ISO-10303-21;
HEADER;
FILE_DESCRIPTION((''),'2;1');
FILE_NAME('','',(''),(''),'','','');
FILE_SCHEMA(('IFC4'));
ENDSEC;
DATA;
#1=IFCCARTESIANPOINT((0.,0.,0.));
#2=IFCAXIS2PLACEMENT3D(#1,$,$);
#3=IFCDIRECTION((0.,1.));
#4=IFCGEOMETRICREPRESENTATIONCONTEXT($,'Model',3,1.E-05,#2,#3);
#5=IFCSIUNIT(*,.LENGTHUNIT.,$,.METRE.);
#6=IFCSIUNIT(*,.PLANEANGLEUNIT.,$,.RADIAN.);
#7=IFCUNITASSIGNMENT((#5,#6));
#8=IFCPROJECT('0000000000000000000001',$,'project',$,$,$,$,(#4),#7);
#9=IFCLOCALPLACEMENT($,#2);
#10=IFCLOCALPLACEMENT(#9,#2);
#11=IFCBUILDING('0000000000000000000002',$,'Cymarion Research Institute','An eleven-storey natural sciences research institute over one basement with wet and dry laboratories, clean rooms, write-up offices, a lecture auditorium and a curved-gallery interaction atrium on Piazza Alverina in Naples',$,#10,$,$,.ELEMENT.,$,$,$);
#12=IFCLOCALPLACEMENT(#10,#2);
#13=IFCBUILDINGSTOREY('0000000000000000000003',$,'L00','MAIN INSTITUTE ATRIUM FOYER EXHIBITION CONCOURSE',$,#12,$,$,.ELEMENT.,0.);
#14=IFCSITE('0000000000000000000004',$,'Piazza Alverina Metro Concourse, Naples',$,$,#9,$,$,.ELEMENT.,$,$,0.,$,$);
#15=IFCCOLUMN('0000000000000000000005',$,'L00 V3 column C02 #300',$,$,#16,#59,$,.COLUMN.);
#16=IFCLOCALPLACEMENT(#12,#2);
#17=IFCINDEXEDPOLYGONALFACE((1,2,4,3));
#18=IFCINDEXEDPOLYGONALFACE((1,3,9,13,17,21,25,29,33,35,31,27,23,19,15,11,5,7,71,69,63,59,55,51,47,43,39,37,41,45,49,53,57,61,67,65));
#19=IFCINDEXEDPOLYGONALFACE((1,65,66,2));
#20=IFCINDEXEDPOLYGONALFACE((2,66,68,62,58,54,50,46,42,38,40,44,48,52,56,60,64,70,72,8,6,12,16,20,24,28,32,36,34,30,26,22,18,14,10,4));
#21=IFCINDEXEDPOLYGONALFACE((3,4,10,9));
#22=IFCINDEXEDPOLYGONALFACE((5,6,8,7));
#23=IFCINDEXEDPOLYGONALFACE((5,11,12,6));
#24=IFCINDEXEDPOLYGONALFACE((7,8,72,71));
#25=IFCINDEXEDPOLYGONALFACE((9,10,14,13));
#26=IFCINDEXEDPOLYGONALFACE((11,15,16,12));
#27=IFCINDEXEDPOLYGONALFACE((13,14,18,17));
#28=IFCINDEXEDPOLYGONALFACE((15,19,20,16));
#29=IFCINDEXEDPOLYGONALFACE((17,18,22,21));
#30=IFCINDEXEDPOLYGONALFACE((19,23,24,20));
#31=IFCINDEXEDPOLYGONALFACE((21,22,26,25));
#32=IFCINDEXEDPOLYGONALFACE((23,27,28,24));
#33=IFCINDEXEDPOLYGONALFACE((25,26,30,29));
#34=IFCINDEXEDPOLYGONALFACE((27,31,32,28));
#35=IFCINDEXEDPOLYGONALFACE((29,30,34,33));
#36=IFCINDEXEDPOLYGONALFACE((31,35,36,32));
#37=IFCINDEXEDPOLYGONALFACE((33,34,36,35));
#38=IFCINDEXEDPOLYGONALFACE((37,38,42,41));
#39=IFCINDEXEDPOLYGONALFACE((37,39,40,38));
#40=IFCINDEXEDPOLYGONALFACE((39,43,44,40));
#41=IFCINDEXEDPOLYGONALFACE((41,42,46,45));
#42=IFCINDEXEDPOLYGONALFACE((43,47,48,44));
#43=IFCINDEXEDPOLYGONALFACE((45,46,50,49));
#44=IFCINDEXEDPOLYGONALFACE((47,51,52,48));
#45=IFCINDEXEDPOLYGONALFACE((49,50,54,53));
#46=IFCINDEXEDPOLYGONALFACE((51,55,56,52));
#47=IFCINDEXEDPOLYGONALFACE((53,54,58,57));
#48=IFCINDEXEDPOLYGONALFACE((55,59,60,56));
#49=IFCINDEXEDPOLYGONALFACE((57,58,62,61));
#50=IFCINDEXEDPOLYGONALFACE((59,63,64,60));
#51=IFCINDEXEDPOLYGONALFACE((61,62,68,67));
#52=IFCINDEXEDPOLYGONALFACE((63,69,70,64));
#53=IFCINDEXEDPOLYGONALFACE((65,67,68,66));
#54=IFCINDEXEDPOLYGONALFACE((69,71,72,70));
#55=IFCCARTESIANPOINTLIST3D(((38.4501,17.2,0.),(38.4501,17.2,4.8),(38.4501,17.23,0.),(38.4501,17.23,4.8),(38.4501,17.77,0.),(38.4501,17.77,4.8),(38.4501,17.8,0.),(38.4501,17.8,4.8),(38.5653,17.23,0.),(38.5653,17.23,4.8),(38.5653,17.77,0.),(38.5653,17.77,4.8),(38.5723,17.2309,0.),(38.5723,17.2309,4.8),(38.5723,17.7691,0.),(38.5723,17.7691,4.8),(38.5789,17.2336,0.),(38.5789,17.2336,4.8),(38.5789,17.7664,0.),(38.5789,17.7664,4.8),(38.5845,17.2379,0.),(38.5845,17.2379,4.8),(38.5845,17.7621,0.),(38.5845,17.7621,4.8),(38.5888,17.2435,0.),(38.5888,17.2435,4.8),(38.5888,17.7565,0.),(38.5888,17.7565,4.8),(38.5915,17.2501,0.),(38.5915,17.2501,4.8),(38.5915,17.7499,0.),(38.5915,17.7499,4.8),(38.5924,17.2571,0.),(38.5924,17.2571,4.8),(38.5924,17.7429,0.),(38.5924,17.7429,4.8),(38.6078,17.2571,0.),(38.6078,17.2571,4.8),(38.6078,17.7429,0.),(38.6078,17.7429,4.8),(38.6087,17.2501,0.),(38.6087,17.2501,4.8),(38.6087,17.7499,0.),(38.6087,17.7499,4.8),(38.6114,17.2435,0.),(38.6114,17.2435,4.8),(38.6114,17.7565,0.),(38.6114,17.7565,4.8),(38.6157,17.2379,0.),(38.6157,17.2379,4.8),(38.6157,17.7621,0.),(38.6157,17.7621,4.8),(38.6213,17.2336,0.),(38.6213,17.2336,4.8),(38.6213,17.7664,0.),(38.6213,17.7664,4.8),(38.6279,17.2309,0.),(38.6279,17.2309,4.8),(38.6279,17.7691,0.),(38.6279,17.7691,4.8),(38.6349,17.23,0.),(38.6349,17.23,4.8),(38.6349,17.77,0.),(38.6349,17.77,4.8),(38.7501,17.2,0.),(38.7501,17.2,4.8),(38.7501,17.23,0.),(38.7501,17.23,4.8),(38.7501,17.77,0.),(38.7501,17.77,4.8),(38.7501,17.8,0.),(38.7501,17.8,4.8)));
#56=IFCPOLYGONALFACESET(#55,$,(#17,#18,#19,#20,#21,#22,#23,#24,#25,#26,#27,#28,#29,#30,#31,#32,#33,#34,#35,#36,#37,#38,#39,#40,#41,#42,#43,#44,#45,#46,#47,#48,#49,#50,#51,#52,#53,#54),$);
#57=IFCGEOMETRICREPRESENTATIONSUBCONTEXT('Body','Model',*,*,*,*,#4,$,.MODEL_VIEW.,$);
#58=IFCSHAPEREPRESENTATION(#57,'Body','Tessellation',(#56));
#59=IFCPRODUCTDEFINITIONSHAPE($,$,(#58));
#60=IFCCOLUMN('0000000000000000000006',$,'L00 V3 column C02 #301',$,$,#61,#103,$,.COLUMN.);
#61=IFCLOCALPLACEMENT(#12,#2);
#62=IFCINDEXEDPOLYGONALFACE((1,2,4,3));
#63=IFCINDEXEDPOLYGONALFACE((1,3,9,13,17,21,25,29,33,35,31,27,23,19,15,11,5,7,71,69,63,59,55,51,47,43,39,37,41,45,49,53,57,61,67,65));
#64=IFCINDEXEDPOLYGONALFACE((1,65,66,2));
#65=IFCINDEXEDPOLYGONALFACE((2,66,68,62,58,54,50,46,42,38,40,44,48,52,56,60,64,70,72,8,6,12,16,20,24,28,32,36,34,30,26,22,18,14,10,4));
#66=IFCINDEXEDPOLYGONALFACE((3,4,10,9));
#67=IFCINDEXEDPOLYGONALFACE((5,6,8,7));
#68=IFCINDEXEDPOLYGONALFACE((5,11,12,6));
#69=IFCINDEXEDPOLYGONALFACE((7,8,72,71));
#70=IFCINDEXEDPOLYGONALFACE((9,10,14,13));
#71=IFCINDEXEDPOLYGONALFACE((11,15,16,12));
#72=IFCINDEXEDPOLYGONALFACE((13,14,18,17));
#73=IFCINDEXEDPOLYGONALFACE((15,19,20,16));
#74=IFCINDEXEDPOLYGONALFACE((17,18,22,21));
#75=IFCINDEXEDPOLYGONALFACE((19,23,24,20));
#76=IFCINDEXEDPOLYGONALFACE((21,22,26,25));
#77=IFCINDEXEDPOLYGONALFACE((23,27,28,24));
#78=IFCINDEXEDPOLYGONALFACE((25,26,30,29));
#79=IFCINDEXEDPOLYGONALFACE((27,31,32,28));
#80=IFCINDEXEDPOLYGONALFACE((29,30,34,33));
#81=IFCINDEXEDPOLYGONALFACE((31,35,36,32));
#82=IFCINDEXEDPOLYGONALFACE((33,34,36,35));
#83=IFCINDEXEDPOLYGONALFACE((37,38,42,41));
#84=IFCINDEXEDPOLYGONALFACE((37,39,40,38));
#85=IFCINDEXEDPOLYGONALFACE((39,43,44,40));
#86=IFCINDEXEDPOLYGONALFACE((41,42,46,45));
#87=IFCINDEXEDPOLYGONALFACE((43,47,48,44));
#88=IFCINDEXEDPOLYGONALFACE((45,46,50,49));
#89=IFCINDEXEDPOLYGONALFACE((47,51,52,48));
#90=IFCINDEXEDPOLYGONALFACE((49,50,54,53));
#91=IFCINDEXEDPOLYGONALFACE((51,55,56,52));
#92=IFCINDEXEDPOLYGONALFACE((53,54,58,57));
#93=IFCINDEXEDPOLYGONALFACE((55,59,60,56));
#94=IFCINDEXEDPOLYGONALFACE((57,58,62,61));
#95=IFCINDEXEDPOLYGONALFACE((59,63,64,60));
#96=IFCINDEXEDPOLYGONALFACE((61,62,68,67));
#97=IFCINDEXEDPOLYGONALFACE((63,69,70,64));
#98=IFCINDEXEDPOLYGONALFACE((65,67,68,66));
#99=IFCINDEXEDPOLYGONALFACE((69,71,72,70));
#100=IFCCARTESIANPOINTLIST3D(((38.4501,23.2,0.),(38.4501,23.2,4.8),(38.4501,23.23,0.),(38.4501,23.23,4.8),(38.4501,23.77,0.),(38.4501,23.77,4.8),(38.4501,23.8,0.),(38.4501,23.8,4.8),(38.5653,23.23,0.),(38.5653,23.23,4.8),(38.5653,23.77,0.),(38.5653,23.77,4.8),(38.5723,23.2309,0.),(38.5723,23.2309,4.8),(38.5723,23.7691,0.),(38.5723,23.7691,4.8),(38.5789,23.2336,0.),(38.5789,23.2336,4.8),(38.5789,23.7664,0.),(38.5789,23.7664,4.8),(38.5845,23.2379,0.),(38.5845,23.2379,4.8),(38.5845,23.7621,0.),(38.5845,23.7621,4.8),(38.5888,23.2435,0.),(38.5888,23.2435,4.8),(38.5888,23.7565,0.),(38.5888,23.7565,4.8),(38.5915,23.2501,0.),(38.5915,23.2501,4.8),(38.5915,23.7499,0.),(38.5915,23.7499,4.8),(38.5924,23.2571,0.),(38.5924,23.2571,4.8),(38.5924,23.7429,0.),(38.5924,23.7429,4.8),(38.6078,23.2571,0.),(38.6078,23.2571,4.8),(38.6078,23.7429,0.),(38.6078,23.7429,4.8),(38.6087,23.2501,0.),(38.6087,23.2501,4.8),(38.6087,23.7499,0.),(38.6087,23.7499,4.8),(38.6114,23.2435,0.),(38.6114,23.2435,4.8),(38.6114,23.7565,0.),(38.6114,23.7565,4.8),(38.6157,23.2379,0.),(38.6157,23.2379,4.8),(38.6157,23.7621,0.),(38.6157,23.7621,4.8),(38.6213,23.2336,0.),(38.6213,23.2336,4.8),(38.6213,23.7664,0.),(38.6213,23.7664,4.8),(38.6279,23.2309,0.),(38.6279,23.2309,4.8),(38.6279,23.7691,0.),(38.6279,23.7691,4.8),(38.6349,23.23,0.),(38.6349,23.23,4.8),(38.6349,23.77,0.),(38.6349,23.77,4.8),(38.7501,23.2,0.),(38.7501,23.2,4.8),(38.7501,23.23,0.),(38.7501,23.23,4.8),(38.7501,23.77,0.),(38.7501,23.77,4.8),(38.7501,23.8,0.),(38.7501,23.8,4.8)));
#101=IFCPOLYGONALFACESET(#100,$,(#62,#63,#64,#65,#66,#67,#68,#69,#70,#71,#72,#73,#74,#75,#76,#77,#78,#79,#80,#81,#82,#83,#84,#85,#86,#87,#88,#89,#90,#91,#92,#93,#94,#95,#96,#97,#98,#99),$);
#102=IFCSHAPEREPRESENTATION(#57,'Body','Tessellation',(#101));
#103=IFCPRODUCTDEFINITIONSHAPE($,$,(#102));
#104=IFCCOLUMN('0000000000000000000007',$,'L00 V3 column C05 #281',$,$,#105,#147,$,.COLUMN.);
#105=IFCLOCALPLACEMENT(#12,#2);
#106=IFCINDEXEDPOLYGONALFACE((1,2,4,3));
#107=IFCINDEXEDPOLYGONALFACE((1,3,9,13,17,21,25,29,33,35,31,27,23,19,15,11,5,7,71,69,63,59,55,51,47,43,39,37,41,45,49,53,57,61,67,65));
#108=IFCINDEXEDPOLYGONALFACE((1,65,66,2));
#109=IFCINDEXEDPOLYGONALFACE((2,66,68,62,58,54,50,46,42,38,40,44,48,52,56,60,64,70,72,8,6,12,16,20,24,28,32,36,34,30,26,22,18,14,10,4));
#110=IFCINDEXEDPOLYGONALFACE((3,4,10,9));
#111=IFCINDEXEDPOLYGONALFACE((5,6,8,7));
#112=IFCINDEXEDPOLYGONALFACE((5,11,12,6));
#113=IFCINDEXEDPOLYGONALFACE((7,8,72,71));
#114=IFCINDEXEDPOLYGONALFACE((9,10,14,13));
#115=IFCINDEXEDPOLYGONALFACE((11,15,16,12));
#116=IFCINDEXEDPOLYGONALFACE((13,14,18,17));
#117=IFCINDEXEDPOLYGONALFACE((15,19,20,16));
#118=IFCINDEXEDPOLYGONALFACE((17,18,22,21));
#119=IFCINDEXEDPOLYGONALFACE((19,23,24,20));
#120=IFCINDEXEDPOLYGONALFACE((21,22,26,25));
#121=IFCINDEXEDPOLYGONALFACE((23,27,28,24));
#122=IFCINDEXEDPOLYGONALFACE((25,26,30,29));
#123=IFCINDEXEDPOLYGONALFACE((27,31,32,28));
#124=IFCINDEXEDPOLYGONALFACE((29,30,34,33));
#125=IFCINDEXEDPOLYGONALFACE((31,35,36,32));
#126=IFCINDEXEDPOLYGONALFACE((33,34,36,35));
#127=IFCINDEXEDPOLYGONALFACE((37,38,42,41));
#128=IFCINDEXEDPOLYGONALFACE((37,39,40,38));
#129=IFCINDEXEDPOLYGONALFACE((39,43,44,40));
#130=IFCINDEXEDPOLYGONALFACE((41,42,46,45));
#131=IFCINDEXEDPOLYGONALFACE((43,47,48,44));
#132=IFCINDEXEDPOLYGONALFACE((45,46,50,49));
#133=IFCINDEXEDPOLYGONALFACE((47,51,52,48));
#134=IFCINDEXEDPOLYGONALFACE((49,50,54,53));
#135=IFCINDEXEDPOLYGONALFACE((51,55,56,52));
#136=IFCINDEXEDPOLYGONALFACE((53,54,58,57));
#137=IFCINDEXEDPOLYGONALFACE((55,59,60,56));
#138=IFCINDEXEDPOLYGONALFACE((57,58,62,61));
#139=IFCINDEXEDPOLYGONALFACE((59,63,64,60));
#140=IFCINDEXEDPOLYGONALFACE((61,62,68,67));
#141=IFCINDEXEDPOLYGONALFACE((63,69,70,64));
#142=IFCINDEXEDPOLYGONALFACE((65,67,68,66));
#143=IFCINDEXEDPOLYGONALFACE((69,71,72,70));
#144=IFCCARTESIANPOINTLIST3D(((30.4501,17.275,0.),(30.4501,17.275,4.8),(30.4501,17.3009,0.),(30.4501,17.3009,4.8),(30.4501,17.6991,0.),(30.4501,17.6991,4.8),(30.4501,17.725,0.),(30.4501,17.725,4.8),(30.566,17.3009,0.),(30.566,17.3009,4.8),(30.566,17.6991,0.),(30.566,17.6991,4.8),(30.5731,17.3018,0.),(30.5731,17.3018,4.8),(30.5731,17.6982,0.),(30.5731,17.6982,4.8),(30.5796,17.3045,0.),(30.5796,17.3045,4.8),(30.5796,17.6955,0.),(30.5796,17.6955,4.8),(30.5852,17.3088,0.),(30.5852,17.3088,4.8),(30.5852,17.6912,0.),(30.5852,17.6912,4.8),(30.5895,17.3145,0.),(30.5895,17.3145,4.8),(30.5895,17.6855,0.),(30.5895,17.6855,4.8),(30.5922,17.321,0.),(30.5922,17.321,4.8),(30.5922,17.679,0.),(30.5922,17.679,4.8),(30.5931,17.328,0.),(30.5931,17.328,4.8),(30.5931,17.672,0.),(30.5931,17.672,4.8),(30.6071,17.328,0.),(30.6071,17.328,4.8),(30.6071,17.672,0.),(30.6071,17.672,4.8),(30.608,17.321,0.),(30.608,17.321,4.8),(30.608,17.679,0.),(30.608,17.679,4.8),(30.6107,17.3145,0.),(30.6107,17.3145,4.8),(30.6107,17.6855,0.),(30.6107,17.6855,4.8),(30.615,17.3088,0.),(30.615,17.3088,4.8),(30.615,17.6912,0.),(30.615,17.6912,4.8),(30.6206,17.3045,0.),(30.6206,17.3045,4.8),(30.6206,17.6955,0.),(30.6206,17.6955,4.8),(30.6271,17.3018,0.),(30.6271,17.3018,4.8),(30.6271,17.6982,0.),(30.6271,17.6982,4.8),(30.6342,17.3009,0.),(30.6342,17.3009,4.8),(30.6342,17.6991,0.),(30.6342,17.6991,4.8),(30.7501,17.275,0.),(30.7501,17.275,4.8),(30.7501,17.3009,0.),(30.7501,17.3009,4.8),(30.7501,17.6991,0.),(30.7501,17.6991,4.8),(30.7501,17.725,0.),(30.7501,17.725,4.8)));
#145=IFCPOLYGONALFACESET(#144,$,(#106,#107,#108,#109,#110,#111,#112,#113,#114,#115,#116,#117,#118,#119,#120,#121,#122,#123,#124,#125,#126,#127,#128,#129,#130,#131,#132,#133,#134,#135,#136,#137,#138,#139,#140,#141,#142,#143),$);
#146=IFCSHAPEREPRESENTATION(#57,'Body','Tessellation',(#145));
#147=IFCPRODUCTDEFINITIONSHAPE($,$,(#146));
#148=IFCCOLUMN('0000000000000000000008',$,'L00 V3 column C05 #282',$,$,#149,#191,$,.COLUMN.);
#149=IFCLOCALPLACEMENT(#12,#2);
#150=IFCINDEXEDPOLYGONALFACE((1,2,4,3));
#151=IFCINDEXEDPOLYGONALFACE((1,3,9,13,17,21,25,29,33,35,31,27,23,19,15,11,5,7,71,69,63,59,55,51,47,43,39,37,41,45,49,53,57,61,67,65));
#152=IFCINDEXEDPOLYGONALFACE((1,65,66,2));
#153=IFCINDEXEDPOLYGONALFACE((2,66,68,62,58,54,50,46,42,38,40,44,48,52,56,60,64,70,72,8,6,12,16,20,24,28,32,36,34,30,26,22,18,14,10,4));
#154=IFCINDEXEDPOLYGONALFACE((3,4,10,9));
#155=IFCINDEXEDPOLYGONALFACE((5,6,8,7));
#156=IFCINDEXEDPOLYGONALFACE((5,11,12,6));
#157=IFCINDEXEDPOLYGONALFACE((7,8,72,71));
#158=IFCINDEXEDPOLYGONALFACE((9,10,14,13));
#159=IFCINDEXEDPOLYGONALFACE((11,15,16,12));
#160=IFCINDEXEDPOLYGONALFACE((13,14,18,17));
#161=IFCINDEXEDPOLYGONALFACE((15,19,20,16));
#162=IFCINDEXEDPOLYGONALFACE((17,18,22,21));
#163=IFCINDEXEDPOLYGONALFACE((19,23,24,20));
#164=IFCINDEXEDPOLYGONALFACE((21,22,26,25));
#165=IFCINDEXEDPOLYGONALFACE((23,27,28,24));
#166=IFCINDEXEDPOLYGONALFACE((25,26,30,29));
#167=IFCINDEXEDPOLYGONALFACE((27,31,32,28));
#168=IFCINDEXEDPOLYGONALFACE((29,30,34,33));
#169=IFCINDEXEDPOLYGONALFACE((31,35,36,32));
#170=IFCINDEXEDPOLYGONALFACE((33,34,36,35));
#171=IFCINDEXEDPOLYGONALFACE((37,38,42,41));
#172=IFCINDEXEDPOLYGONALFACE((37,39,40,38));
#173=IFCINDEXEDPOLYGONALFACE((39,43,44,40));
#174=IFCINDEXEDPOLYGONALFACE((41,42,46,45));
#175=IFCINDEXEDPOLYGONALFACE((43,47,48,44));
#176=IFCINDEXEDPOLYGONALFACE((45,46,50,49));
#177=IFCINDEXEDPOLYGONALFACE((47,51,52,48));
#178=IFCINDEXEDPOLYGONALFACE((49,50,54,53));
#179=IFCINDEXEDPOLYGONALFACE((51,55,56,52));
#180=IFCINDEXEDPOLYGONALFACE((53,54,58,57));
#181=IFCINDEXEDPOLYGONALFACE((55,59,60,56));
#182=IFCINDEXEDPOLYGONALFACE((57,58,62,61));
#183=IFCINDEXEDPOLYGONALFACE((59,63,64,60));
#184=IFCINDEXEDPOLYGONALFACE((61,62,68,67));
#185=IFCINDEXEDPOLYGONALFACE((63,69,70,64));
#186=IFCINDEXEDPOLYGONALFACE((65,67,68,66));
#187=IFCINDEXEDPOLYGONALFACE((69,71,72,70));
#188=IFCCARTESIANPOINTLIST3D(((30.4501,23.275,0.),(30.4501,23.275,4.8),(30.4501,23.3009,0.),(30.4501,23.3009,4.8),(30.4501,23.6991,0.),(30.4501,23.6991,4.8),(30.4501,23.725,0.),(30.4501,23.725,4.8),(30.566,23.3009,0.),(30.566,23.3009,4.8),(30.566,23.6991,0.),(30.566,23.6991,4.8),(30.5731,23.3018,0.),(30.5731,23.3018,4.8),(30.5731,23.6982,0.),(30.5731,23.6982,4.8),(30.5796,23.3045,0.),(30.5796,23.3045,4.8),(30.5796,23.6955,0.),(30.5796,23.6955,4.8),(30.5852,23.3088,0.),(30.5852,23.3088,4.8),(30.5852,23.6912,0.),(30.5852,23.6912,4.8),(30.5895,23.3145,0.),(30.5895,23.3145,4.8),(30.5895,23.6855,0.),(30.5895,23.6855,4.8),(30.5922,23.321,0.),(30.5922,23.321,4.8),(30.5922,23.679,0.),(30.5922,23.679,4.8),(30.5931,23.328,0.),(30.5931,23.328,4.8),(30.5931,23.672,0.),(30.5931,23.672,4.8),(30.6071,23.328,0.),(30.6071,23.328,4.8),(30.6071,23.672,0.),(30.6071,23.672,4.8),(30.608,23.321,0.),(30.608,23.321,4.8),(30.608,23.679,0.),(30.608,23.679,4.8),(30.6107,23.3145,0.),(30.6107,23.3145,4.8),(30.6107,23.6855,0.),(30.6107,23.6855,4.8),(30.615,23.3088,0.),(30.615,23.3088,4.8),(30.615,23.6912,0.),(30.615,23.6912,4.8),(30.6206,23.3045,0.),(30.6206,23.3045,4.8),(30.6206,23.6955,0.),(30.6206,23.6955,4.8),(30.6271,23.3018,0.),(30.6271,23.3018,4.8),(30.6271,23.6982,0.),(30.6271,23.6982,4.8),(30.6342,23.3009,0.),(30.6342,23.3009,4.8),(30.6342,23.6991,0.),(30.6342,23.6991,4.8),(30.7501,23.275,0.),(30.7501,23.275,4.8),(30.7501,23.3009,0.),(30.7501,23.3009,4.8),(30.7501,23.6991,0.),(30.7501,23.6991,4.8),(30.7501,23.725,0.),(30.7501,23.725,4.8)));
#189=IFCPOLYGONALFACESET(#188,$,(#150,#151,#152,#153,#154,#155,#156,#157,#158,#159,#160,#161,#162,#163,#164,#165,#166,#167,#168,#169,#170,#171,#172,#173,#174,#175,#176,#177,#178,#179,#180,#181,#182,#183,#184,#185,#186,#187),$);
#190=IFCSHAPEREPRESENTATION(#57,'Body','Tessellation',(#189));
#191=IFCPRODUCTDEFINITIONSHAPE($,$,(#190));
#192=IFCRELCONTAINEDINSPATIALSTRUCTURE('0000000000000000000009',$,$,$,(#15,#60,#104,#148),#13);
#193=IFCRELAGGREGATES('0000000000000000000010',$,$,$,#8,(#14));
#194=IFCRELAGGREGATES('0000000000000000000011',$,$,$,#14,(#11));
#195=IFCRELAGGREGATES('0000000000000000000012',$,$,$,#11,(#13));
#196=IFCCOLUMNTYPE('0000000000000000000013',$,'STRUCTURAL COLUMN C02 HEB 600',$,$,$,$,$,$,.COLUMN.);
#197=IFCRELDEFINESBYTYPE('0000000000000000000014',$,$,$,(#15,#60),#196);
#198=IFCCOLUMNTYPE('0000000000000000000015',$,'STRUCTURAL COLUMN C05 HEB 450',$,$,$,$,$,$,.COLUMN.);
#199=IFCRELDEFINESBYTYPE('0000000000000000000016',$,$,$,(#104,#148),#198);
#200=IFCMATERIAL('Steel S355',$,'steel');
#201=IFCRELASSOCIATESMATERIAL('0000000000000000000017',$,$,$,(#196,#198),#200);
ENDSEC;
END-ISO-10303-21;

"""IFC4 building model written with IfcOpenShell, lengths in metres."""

from ifc_helpers import new_model, si_unit, direction, frame, origin, origin_2d, place, context, subcontext, project, spatial, i_section, extrude, material, material_profile, profile_set, type_object, element, save


model = new_model("IFC4")

# Units and contexts
model_context = context("Model", 3, precision=1e-05, world=origin(), true_north=direction((0.0, 1.0)))
body_context = subcontext(model_context, "Body", "Model", "MODEL_VIEW")
ifc_project = project(units=[si_unit("LENGTHUNIT", "METRE"), si_unit("PLANEANGLEUNIT", "RADIAN")], contexts=[model_context])

# Site, building, storey
site_placement = place(None, origin())
site = spatial("IfcSite", under=ifc_project, at=site_placement, Name="Piazza Alverina Metro Concourse, Naples", CompositionType="ELEMENT", RefElevation=0.0)
building_placement = place(site_placement, origin())
building = spatial("IfcBuilding", under=site, at=building_placement, Name="Cymarion Research Institute", Description="An eleven-storey natural sciences research institute over one basement with wet and dry laboratories, clean rooms, write-up offices, a lecture auditorium and a curved-gallery interaction atrium on Piazza Alverina in Naples", CompositionType="ELEMENT")
storey_placement = place(building_placement, origin())
storey = spatial("IfcBuildingStorey", under=building, at=storey_placement, Name="L00", Description="MAIN INSTITUTE ATRIUM FOYER EXHIBITION CONCOURSE", CompositionType="ELEMENT", Elevation=0.0)

# Columns
ifc_material_1 = material(Name="Steel S355", Category="steel")
ifc_material_profile_1 = material_profile(ifc_material_1, i_section(OverallWidth=0.3, OverallDepth=0.6001, WebThickness=0.0154, FlangeThickness=0.03, FilletRadius=0.0271, at=origin_2d()), Name="HEB 600")
ifc_profile_set_1 = profile_set([ifc_material_profile_1], Name="Steel S355")
column_type_1 = type_object("IfcColumnType", Name="STRUCTURAL COLUMN C02 HEB 600", PredefinedType="COLUMN", material=ifc_profile_set_1)
for number, where, z_axis, x_axis, name in (
    (1, (38.6001, 17.5, 0.0), (0.0, 0.0, 1.0), (1.0, 0.0, 0.0), "L00 V3 column C02 #300"),
    (2, (38.6001, 23.5, 0.0), (0.0, 0.0, 1.0), (1.0, 0.0, 0.0), "L00 V3 column C02 #301"),
):
    element("IfcColumn", number, at=place(storey_placement, frame(where, z_axis=z_axis, x_axis=x_axis)), inside=storey, type_object=column_type_1, Name=name, PredefinedType="COLUMN", context=body_context, shape_type="SweptSolid", body=[
        extrude(i_section(OverallWidth=0.3, OverallDepth=0.6001, WebThickness=0.0154, FlangeThickness=0.03, FilletRadius=0.0271, at=origin_2d()), origin(), (0.0, 0.0, 1.0), 4.8),
    ])
ifc_material_profile_2 = material_profile(ifc_material_1, i_section(OverallWidth=0.3, OverallDepth=0.45, WebThickness=0.0139, FlangeThickness=0.0259, FilletRadius=0.0271, at=origin_2d()), Name="HEB 450")
ifc_profile_set_2 = profile_set([ifc_material_profile_2], Name="Steel S355")
column_type_2 = type_object("IfcColumnType", Name="STRUCTURAL COLUMN C05 HEB 450", PredefinedType="COLUMN", material=ifc_profile_set_2)
for number, where, z_axis, x_axis, name in (
    (3, (30.6001, 17.5, 0.0), (0.0, 0.0, 1.0), (1.0, 0.0, 0.0), "L00 V3 column C05 #281"),
    (4, (30.6001, 23.5, 0.0), (0.0, 0.0, 1.0), (1.0, 0.0, 0.0), "L00 V3 column C05 #282"),
):
    element("IfcColumn", number, at=place(storey_placement, frame(where, z_axis=z_axis, x_axis=x_axis)), inside=storey, type_object=column_type_2, Name=name, PredefinedType="COLUMN", context=body_context, shape_type="SweptSolid", body=[
        extrude(i_section(OverallWidth=0.3, OverallDepth=0.45, WebThickness=0.0139, FlangeThickness=0.0259, FilletRadius=0.0271, at=origin_2d()), origin(), (0.0, 0.0, 1.0), 4.8),
    ])

save(model, "model.ifc")
